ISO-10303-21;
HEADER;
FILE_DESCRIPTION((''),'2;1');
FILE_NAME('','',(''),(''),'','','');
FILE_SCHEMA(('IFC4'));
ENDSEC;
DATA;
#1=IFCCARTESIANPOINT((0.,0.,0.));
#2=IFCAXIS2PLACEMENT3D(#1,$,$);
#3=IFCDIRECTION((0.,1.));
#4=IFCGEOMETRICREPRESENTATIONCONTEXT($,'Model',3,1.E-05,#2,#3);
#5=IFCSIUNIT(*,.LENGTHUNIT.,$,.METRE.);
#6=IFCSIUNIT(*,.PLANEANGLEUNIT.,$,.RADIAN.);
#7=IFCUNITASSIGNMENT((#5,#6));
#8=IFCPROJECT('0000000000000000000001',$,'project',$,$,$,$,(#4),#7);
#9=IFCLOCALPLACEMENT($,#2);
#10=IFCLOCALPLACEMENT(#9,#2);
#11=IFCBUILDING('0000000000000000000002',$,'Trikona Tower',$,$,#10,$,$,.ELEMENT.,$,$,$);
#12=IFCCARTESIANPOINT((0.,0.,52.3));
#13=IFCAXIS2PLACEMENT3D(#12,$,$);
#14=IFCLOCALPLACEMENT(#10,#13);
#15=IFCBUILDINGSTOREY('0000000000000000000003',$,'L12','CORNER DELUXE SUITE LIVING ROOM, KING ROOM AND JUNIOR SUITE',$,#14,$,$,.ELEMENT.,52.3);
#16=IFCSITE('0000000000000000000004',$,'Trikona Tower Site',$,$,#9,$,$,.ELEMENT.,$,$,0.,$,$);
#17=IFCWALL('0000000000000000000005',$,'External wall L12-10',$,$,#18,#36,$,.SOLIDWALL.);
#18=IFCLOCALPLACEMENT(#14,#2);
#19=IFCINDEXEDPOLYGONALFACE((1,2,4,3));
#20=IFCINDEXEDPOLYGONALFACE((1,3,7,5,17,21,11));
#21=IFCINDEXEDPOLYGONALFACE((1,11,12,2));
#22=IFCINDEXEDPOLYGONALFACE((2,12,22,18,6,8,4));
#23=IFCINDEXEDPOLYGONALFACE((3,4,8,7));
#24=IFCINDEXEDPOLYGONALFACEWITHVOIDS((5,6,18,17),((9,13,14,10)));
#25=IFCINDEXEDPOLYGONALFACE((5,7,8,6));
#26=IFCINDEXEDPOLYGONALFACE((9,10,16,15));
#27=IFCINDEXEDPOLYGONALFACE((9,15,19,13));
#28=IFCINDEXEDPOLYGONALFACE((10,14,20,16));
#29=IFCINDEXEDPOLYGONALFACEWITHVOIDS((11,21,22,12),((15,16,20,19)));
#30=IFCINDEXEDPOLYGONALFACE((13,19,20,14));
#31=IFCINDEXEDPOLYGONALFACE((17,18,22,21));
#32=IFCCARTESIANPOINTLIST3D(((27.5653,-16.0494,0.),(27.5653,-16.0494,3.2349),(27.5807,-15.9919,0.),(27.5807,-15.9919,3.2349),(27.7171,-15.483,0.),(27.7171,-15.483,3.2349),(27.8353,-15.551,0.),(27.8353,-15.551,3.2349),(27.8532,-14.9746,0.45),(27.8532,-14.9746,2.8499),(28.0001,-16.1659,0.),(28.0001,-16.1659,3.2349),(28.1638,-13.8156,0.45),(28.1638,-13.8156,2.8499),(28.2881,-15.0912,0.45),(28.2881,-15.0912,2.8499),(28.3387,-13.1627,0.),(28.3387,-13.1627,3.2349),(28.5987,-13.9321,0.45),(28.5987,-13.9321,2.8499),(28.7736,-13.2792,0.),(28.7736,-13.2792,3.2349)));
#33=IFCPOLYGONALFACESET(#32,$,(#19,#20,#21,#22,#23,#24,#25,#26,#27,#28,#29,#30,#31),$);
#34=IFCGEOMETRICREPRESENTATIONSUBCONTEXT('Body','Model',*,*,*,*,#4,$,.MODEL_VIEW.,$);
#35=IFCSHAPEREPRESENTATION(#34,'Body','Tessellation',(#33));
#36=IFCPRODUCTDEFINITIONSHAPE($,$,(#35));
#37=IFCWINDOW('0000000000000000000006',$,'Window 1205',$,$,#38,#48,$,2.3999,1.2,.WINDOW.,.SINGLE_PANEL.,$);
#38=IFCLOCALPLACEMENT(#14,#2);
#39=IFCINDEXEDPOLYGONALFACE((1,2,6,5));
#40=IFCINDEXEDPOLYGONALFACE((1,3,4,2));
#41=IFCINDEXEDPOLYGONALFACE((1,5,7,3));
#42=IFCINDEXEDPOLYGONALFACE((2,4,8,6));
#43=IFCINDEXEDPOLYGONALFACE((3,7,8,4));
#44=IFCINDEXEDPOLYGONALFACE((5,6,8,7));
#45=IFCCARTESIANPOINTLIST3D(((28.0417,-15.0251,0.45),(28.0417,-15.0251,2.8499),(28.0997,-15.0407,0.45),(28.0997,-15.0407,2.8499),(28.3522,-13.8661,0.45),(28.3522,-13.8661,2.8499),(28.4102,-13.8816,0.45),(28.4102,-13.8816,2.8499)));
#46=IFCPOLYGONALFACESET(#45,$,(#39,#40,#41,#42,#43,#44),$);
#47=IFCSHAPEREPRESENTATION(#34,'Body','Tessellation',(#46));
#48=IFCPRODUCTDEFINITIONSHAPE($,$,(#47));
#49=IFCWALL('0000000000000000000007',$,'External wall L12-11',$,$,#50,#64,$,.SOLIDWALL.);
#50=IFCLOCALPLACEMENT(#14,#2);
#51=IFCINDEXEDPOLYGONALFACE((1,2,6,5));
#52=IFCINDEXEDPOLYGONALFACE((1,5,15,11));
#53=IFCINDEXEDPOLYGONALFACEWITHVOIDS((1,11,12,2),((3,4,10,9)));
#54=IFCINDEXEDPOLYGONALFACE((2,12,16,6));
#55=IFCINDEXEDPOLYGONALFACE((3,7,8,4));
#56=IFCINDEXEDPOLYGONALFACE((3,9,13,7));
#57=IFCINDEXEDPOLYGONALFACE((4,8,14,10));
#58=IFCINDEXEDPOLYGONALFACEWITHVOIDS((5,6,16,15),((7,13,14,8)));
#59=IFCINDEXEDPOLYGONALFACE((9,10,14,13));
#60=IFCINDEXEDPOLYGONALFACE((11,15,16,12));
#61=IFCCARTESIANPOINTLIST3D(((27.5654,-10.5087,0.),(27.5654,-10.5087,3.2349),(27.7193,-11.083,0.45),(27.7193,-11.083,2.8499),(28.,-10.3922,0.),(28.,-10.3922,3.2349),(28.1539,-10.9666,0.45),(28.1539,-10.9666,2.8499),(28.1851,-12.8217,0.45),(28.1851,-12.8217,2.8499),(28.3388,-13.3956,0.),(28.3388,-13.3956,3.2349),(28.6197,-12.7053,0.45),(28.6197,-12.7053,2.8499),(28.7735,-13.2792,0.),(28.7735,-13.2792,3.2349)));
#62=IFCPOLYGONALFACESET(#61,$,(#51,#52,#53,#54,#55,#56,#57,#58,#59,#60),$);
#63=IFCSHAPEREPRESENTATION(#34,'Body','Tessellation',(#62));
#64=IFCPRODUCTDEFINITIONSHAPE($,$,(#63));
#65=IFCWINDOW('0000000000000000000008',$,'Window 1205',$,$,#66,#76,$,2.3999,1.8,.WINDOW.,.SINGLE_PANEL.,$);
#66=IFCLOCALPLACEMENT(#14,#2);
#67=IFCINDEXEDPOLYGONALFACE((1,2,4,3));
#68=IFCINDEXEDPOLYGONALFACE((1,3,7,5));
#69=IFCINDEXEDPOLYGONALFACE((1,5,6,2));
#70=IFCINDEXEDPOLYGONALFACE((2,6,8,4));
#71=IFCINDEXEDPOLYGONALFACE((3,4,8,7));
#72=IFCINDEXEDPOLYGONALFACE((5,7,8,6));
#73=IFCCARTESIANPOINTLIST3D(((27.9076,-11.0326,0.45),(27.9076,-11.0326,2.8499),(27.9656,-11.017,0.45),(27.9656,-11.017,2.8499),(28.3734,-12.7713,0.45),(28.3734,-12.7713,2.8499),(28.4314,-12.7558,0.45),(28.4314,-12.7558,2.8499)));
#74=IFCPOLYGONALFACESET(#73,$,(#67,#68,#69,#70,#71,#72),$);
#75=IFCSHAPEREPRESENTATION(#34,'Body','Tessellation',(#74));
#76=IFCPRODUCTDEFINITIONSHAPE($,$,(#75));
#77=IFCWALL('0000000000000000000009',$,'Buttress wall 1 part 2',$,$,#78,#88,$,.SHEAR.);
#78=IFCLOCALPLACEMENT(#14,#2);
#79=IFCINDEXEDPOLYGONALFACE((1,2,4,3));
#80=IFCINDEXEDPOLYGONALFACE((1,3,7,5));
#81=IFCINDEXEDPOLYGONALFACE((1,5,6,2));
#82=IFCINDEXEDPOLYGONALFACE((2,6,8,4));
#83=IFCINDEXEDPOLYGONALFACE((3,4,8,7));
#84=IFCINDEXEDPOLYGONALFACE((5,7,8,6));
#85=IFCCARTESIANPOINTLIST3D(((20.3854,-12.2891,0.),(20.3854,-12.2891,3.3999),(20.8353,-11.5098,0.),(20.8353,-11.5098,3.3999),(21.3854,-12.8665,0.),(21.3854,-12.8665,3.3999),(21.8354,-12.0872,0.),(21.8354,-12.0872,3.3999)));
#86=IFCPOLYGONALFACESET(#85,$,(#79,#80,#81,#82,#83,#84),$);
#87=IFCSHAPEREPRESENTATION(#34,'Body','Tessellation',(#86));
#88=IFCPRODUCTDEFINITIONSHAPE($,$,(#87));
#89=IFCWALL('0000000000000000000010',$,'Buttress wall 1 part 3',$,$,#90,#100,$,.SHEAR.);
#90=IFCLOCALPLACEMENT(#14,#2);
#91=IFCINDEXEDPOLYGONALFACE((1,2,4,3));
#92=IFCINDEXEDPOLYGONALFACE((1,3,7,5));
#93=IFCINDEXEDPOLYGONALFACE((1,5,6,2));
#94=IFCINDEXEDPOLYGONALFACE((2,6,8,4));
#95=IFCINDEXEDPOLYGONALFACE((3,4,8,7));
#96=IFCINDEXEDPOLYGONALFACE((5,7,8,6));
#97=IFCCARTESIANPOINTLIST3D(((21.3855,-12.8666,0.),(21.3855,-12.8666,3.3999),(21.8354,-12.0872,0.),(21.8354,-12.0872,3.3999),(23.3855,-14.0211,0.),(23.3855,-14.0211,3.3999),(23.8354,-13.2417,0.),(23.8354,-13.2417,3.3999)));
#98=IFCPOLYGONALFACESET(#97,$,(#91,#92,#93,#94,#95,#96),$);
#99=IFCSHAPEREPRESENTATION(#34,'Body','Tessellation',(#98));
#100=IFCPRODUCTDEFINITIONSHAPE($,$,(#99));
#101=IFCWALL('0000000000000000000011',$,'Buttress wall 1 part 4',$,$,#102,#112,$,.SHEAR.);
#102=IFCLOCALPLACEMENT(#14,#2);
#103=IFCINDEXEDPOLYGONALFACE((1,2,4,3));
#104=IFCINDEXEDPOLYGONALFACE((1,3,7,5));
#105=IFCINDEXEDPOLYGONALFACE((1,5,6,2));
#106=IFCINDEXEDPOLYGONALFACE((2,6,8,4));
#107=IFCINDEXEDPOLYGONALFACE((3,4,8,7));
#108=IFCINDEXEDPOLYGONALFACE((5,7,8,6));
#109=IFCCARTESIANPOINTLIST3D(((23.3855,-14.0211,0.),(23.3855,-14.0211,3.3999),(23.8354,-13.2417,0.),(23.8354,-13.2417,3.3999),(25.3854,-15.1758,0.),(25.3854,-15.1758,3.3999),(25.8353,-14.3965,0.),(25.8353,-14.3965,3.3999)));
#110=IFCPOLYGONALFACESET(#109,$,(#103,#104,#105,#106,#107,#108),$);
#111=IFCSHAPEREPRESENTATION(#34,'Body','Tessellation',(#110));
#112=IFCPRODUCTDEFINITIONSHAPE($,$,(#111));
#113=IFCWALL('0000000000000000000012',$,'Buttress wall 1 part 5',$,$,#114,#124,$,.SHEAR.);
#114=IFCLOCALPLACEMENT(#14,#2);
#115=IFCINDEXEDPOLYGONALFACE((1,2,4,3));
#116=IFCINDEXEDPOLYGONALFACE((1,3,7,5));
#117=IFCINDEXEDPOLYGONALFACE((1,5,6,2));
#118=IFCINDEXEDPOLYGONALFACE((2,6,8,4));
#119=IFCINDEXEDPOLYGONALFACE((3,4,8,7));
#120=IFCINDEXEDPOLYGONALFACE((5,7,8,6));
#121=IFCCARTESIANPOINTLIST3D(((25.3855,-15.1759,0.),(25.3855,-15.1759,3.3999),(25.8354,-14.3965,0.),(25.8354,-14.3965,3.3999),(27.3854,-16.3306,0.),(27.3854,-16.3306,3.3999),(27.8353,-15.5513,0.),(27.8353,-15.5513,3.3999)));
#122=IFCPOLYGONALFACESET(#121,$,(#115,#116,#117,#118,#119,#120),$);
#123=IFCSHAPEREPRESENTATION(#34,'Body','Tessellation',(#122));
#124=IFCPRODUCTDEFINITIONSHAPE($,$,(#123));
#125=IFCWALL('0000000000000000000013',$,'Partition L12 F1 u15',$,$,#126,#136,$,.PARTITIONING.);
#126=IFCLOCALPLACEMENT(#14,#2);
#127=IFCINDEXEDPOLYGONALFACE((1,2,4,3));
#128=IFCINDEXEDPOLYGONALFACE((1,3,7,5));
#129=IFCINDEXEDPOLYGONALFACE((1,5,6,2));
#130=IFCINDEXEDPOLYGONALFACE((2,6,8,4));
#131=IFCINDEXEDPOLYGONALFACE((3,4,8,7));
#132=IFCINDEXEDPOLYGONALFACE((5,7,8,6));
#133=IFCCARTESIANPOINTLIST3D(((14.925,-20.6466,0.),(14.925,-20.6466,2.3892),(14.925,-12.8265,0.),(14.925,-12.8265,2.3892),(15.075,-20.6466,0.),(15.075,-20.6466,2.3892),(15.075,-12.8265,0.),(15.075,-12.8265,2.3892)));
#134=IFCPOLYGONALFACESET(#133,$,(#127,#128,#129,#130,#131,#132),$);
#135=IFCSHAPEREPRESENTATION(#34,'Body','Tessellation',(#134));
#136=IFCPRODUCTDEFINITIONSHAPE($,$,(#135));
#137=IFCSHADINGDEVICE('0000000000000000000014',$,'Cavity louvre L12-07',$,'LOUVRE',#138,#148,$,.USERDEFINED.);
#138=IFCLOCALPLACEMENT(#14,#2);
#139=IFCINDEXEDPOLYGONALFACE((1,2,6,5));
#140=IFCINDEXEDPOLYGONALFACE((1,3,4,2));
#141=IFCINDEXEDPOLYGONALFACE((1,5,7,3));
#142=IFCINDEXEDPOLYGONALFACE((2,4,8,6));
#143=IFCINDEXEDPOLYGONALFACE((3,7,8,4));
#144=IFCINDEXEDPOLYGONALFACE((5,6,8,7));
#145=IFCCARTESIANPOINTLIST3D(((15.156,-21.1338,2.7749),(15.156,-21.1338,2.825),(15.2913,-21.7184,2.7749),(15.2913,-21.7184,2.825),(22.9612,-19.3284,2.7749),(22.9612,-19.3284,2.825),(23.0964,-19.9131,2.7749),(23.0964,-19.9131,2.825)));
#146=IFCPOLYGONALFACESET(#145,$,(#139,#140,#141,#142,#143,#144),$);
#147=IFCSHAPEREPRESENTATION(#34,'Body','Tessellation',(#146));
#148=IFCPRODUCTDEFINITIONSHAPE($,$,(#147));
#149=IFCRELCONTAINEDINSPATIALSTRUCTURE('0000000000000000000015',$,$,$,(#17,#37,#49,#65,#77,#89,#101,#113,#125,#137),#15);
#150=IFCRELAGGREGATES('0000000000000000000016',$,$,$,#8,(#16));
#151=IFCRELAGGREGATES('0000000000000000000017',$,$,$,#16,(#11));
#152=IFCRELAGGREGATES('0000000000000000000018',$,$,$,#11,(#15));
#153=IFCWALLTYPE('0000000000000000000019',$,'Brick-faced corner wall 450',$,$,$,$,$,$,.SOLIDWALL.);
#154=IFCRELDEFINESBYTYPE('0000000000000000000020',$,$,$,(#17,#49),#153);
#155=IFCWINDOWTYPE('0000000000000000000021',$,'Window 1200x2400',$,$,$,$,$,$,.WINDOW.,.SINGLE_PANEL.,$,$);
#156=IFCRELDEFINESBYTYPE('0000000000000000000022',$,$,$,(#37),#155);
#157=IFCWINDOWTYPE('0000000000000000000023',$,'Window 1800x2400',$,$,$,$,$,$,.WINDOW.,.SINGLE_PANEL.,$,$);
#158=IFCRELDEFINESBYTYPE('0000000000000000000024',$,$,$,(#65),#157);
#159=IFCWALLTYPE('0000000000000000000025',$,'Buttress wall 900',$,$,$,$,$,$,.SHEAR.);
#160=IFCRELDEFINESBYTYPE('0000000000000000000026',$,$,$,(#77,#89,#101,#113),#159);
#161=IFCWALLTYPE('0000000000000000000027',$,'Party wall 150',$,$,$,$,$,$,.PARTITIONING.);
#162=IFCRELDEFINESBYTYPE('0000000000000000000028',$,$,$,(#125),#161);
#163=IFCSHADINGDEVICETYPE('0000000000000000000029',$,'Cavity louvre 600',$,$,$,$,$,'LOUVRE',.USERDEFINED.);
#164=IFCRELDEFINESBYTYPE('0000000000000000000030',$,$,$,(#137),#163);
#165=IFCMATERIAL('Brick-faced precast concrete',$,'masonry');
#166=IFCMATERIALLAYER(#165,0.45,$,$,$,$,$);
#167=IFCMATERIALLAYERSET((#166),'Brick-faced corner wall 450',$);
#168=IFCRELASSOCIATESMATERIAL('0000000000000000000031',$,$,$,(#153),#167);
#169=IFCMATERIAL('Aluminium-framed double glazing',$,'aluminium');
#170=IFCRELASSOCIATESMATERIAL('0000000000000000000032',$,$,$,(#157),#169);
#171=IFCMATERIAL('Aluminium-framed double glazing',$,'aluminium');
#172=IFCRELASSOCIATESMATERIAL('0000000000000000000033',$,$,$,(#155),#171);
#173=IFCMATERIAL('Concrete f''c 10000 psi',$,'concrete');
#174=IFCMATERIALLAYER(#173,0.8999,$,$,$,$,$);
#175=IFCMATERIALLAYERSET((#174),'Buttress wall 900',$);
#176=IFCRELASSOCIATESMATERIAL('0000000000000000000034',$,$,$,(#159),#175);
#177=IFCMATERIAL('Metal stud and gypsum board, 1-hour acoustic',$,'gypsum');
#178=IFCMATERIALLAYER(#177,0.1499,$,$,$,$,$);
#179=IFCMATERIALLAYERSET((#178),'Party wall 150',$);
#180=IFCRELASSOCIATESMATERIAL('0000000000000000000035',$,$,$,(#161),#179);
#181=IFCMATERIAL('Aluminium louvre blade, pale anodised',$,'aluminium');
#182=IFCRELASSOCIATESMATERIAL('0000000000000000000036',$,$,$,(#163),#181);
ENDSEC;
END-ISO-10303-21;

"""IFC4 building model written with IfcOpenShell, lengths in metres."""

from ifc_helpers import new_model, si_unit, direction, frame, frame_2d, origin, origin_2d, place, context, subcontext, project, spatial, polyline, rectangle, outline, extrude, material, layer, layer_set, type_object, element, fill, save


model = new_model("IFC4")

# Units and contexts
model_context = context("Model", 3, precision=1e-05, world=origin(), true_north=direction((0.0, 1.0)))
body_context = subcontext(model_context, "Body", "Model", "MODEL_VIEW")
ifc_project = project(units=[si_unit("LENGTHUNIT", "METRE"), si_unit("PLANEANGLEUNIT", "RADIAN")], contexts=[model_context])

# Site, building, storey
site_placement = place(None, origin())
site = spatial("IfcSite", under=ifc_project, at=site_placement, Name="Trikona Tower Site", CompositionType="ELEMENT", RefElevation=0.0)
building_placement = place(site_placement, origin())
building = spatial("IfcBuilding", under=site, at=building_placement, Name="Trikona Tower", CompositionType="ELEMENT")
storey_placement = place(building_placement, frame((0.0, 0.0, 52.3)))
storey = spatial("IfcBuildingStorey", under=building, at=storey_placement, Name="L12", Description="CORNER DELUXE SUITE LIVING ROOM, KING ROOM AND JUNIOR SUITE", CompositionType="ELEMENT", Elevation=52.3)

# Walls, openings, windows
ifc_material_1 = material(Name="Brick-faced precast concrete", Category="masonry")
ifc_layer_1 = layer(ifc_material_1, 0.45)
ifc_layer_set_1 = layer_set([ifc_layer_1], Name="Brick-faced corner wall 450")
wall_type_1 = type_object("IfcWallType", Name="Brick-faced corner wall 450", PredefinedType="SOLIDWALL", material=ifc_layer_set_1)
ifc_material_2 = material(Name="Aluminium-framed double glazing", Category="aluminium")
window_type_1 = type_object("IfcWindowType", Name="Window 1800x2400", PartitioningType="SINGLE_PANEL", PredefinedType="WINDOW", material=ifc_material_2)
ifc_material_3 = material(Name="Aluminium-framed double glazing", Category="aluminium")
window_type_2 = type_object("IfcWindowType", Name="Window 1200x2400", PartitioningType="SINGLE_PANEL", PredefinedType="WINDOW", material=ifc_material_3)
wall_1_placement = place(storey_placement, frame((27.7827, -16.1077, 0.0), z_axis=(0.0, 0.0, 1.0), x_axis=(0.258801, 0.965931, 0.0)))
wall_1 = element("IfcWall", 1, at=wall_1_placement, inside=storey, type_object=wall_type_1, Name="External wall L12-10", PredefinedType="SOLIDWALL", context=body_context, shape_type="SweptSolid", body=[
    extrude(outline(polyline([(2.9885, 0.2251), (0.5864, 0.2251), (0.5513, 0.0933), (0.0596, 0.2251), (0.0, 0.2251), (0.0, -0.2251), (2.9885, -0.2251), (2.9885, 0.2251)])), origin(), (0.0, 0.0, 1.0), 3.2349),
])
opening_1_placement = place(wall_1_placement, frame((1.1125, 0.0, 0.45)))
opening_1 = element("IfcOpeningElement", 2, at=opening_1_placement, cuts=wall_1, PredefinedType="OPENING", context=body_context, shape_type="SweptSolid", body=[
    extrude(rectangle(XDim=1.2, YDim=2.3999, at=frame_2d((0.6001, 1.2))), frame((0.0, 0.2349, 0.0), z_axis=(0.0, -1.0, 0.0), x_axis=(1.0, 0.0, 0.0)), (0.0, 0.0, 1.0), 0.47),
])
window_1_placement = place(opening_1_placement, origin())
window_1 = element("IfcWindow", 3, at=window_1_placement, inside=storey, type_object=window_type_2, Name="Window 1205", OverallHeight=2.3999, OverallWidth=1.2, PartitioningType="SINGLE_PANEL", PredefinedType="WINDOW", context=body_context, shape_type="SweptSolid", body=[
    extrude(rectangle(XDim=1.2, YDim=2.3999, at=frame_2d((0.6001, 1.2))), frame((0.0, 0.03, 0.0), z_axis=(0.0, -1.0, 0.0), x_axis=(1.0, 0.0, 0.0)), (0.0, 0.0, 1.0), 0.0601),
])
fill(opening_1, window_1)
wall_2_placement = place(storey_placement, frame((28.5562, -13.3374, 0.0), z_axis=(0.0, 0.0, 1.0), x_axis=(-0.258781, 0.965936, 0.0)))
wall_2 = element("IfcWall", 4, at=wall_2_placement, inside=storey, type_object=wall_type_1, Name="External wall L12-11", PredefinedType="SOLIDWALL", context=body_context, shape_type="SweptSolid", body=[
    extrude(rectangle(XDim=2.9888, YDim=0.45, at=frame_2d((1.4944, 0.0))), origin(), (0.0, 0.0, 1.0), 3.2349),
])
opening_2_placement = place(wall_2_placement, frame((0.5942, 0.0, 0.45)))
opening_2 = element("IfcOpeningElement", 5, at=opening_2_placement, cuts=wall_2, PredefinedType="OPENING", context=body_context, shape_type="SweptSolid", body=[
    extrude(rectangle(XDim=1.8, YDim=2.3999, at=frame_2d((0.8999, 1.2))), frame((0.0, 0.2349, 0.0), z_axis=(0.0, -1.0, 0.0), x_axis=(1.0, 0.0, 0.0)), (0.0, 0.0, 1.0), 0.47),
])
window_2_placement = place(opening_2_placement, origin())
window_2 = element("IfcWindow", 6, at=window_2_placement, inside=storey, type_object=window_type_1, Name="Window 1205", OverallHeight=2.3999, OverallWidth=1.8, PartitioningType="SINGLE_PANEL", PredefinedType="WINDOW", context=body_context, shape_type="SweptSolid", body=[
    extrude(rectangle(XDim=1.8, YDim=2.3999, at=frame_2d((0.8999, 1.2))), frame((0.0, 0.03, 0.0), z_axis=(0.0, -1.0, 0.0), x_axis=(1.0, 0.0, 0.0)), (0.0, 0.0, 1.0), 0.0601),
])
fill(opening_2, window_2)

# Walls
ifc_material_4 = material(Name="Concrete f'c 10000 psi", Category="concrete")
ifc_layer_2 = layer(ifc_material_4, 0.8999)
ifc_layer_set_2 = layer_set([ifc_layer_2], Name="Buttress wall 900")
wall_type_2 = type_object("IfcWallType", Name="Buttress wall 900", PredefinedType="SHEAR", material=ifc_layer_set_2)
wall_3_placement = place(storey_placement, frame((20.6104, -11.8994, 0.0), z_axis=(0.0, 0.0, 1.0), x_axis=(0.86601, -0.500027, 0.0)))
element("IfcWall", 7, at=wall_3_placement, inside=storey, type_object=wall_type_2, Name="Buttress wall 1 part 2", PredefinedType="SHEAR", context=body_context, shape_type="SweptSolid", body=[
    extrude(rectangle(XDim=1.1548, YDim=0.8999, at=frame_2d((0.5774, 0.0))), origin(), (0.0, 0.0, 1.0), 3.3999),
])
for number, where, z_axis, x_axis, name in (
    (8, (21.6104, -12.4768, 0.0), (0.0, 0.0, 1.0), (0.866055, -0.499948, 0.0), "Buttress wall 1 part 3"),
    (9, (23.6104, -13.6313, 0.0), (0.0, 0.0, 1.0), (0.86601, -0.500027, 0.0), "Buttress wall 1 part 4"),
    (10, (25.6104, -14.7861, 0.0), (0.0, 0.0, 1.0), (0.86601, -0.500027, 0.0), "Buttress wall 1 part 5"),
):
    element("IfcWall", number, at=place(storey_placement, frame(where, z_axis=z_axis, x_axis=x_axis)), inside=storey, type_object=wall_type_2, Name=name, PredefinedType="SHEAR", context=body_context, shape_type="SweptSolid", body=[
        extrude(rectangle(XDim=2.3093, YDim=0.8999, at=frame_2d((1.1548, 0.0))), origin(), (0.0, 0.0, 1.0), 3.3999),
    ])
ifc_material_5 = material(Name="Metal stud and gypsum board, 1-hour acoustic", Category="gypsum")
ifc_layer_3 = layer(ifc_material_5, 0.1499)
ifc_layer_set_3 = layer_set([ifc_layer_3], Name="Party wall 150")
wall_type_3 = type_object("IfcWallType", Name="Party wall 150", PredefinedType="PARTITIONING", material=ifc_layer_set_3)
wall_4_placement = place(storey_placement, frame((15.0, -12.8264, 0.0), z_axis=(0.0, 0.0, 1.0), x_axis=(0.0, -1.0, 0.0)))
element("IfcWall", 11, at=wall_4_placement, inside=storey, type_object=wall_type_3, Name="Partition L12 F1 u15", PredefinedType="PARTITIONING", context=body_context, shape_type="SweptSolid", body=[
    extrude(rectangle(XDim=7.8201, YDim=0.1499, at=frame_2d((3.9102, 0.0))), origin(), (0.0, 0.0, 1.0), 2.3892),
])

# Shading device
ifc_material_6 = material(Name="Aluminium louvre blade, pale anodised", Category="aluminium")
shading_device_type = type_object("IfcShadingDeviceType", Name="Cavity louvre 600", ElementType="LOUVRE", PredefinedType="USERDEFINED", material=ifc_material_6)
shading_device_placement = place(storey_placement, frame((19.1262, -20.5234, 2.7749), z_axis=(0.0, 0.0, 1.0), x_axis=(0.974278, 0.225351, 0.0)))
element("IfcShadingDevice", 12, at=shading_device_placement, inside=storey, type_object=shading_device_type, Name="Cavity louvre L12-07", ObjectType="LOUVRE", PredefinedType="USERDEFINED", context=body_context, shape_type="SweptSolid", body=[
    extrude(rectangle(XDim=8.0112, YDim=0.6001, at=origin_2d()), origin(), (0.0, 0.0, 1.0), 0.05),
])

save(model, "model.ifc")
